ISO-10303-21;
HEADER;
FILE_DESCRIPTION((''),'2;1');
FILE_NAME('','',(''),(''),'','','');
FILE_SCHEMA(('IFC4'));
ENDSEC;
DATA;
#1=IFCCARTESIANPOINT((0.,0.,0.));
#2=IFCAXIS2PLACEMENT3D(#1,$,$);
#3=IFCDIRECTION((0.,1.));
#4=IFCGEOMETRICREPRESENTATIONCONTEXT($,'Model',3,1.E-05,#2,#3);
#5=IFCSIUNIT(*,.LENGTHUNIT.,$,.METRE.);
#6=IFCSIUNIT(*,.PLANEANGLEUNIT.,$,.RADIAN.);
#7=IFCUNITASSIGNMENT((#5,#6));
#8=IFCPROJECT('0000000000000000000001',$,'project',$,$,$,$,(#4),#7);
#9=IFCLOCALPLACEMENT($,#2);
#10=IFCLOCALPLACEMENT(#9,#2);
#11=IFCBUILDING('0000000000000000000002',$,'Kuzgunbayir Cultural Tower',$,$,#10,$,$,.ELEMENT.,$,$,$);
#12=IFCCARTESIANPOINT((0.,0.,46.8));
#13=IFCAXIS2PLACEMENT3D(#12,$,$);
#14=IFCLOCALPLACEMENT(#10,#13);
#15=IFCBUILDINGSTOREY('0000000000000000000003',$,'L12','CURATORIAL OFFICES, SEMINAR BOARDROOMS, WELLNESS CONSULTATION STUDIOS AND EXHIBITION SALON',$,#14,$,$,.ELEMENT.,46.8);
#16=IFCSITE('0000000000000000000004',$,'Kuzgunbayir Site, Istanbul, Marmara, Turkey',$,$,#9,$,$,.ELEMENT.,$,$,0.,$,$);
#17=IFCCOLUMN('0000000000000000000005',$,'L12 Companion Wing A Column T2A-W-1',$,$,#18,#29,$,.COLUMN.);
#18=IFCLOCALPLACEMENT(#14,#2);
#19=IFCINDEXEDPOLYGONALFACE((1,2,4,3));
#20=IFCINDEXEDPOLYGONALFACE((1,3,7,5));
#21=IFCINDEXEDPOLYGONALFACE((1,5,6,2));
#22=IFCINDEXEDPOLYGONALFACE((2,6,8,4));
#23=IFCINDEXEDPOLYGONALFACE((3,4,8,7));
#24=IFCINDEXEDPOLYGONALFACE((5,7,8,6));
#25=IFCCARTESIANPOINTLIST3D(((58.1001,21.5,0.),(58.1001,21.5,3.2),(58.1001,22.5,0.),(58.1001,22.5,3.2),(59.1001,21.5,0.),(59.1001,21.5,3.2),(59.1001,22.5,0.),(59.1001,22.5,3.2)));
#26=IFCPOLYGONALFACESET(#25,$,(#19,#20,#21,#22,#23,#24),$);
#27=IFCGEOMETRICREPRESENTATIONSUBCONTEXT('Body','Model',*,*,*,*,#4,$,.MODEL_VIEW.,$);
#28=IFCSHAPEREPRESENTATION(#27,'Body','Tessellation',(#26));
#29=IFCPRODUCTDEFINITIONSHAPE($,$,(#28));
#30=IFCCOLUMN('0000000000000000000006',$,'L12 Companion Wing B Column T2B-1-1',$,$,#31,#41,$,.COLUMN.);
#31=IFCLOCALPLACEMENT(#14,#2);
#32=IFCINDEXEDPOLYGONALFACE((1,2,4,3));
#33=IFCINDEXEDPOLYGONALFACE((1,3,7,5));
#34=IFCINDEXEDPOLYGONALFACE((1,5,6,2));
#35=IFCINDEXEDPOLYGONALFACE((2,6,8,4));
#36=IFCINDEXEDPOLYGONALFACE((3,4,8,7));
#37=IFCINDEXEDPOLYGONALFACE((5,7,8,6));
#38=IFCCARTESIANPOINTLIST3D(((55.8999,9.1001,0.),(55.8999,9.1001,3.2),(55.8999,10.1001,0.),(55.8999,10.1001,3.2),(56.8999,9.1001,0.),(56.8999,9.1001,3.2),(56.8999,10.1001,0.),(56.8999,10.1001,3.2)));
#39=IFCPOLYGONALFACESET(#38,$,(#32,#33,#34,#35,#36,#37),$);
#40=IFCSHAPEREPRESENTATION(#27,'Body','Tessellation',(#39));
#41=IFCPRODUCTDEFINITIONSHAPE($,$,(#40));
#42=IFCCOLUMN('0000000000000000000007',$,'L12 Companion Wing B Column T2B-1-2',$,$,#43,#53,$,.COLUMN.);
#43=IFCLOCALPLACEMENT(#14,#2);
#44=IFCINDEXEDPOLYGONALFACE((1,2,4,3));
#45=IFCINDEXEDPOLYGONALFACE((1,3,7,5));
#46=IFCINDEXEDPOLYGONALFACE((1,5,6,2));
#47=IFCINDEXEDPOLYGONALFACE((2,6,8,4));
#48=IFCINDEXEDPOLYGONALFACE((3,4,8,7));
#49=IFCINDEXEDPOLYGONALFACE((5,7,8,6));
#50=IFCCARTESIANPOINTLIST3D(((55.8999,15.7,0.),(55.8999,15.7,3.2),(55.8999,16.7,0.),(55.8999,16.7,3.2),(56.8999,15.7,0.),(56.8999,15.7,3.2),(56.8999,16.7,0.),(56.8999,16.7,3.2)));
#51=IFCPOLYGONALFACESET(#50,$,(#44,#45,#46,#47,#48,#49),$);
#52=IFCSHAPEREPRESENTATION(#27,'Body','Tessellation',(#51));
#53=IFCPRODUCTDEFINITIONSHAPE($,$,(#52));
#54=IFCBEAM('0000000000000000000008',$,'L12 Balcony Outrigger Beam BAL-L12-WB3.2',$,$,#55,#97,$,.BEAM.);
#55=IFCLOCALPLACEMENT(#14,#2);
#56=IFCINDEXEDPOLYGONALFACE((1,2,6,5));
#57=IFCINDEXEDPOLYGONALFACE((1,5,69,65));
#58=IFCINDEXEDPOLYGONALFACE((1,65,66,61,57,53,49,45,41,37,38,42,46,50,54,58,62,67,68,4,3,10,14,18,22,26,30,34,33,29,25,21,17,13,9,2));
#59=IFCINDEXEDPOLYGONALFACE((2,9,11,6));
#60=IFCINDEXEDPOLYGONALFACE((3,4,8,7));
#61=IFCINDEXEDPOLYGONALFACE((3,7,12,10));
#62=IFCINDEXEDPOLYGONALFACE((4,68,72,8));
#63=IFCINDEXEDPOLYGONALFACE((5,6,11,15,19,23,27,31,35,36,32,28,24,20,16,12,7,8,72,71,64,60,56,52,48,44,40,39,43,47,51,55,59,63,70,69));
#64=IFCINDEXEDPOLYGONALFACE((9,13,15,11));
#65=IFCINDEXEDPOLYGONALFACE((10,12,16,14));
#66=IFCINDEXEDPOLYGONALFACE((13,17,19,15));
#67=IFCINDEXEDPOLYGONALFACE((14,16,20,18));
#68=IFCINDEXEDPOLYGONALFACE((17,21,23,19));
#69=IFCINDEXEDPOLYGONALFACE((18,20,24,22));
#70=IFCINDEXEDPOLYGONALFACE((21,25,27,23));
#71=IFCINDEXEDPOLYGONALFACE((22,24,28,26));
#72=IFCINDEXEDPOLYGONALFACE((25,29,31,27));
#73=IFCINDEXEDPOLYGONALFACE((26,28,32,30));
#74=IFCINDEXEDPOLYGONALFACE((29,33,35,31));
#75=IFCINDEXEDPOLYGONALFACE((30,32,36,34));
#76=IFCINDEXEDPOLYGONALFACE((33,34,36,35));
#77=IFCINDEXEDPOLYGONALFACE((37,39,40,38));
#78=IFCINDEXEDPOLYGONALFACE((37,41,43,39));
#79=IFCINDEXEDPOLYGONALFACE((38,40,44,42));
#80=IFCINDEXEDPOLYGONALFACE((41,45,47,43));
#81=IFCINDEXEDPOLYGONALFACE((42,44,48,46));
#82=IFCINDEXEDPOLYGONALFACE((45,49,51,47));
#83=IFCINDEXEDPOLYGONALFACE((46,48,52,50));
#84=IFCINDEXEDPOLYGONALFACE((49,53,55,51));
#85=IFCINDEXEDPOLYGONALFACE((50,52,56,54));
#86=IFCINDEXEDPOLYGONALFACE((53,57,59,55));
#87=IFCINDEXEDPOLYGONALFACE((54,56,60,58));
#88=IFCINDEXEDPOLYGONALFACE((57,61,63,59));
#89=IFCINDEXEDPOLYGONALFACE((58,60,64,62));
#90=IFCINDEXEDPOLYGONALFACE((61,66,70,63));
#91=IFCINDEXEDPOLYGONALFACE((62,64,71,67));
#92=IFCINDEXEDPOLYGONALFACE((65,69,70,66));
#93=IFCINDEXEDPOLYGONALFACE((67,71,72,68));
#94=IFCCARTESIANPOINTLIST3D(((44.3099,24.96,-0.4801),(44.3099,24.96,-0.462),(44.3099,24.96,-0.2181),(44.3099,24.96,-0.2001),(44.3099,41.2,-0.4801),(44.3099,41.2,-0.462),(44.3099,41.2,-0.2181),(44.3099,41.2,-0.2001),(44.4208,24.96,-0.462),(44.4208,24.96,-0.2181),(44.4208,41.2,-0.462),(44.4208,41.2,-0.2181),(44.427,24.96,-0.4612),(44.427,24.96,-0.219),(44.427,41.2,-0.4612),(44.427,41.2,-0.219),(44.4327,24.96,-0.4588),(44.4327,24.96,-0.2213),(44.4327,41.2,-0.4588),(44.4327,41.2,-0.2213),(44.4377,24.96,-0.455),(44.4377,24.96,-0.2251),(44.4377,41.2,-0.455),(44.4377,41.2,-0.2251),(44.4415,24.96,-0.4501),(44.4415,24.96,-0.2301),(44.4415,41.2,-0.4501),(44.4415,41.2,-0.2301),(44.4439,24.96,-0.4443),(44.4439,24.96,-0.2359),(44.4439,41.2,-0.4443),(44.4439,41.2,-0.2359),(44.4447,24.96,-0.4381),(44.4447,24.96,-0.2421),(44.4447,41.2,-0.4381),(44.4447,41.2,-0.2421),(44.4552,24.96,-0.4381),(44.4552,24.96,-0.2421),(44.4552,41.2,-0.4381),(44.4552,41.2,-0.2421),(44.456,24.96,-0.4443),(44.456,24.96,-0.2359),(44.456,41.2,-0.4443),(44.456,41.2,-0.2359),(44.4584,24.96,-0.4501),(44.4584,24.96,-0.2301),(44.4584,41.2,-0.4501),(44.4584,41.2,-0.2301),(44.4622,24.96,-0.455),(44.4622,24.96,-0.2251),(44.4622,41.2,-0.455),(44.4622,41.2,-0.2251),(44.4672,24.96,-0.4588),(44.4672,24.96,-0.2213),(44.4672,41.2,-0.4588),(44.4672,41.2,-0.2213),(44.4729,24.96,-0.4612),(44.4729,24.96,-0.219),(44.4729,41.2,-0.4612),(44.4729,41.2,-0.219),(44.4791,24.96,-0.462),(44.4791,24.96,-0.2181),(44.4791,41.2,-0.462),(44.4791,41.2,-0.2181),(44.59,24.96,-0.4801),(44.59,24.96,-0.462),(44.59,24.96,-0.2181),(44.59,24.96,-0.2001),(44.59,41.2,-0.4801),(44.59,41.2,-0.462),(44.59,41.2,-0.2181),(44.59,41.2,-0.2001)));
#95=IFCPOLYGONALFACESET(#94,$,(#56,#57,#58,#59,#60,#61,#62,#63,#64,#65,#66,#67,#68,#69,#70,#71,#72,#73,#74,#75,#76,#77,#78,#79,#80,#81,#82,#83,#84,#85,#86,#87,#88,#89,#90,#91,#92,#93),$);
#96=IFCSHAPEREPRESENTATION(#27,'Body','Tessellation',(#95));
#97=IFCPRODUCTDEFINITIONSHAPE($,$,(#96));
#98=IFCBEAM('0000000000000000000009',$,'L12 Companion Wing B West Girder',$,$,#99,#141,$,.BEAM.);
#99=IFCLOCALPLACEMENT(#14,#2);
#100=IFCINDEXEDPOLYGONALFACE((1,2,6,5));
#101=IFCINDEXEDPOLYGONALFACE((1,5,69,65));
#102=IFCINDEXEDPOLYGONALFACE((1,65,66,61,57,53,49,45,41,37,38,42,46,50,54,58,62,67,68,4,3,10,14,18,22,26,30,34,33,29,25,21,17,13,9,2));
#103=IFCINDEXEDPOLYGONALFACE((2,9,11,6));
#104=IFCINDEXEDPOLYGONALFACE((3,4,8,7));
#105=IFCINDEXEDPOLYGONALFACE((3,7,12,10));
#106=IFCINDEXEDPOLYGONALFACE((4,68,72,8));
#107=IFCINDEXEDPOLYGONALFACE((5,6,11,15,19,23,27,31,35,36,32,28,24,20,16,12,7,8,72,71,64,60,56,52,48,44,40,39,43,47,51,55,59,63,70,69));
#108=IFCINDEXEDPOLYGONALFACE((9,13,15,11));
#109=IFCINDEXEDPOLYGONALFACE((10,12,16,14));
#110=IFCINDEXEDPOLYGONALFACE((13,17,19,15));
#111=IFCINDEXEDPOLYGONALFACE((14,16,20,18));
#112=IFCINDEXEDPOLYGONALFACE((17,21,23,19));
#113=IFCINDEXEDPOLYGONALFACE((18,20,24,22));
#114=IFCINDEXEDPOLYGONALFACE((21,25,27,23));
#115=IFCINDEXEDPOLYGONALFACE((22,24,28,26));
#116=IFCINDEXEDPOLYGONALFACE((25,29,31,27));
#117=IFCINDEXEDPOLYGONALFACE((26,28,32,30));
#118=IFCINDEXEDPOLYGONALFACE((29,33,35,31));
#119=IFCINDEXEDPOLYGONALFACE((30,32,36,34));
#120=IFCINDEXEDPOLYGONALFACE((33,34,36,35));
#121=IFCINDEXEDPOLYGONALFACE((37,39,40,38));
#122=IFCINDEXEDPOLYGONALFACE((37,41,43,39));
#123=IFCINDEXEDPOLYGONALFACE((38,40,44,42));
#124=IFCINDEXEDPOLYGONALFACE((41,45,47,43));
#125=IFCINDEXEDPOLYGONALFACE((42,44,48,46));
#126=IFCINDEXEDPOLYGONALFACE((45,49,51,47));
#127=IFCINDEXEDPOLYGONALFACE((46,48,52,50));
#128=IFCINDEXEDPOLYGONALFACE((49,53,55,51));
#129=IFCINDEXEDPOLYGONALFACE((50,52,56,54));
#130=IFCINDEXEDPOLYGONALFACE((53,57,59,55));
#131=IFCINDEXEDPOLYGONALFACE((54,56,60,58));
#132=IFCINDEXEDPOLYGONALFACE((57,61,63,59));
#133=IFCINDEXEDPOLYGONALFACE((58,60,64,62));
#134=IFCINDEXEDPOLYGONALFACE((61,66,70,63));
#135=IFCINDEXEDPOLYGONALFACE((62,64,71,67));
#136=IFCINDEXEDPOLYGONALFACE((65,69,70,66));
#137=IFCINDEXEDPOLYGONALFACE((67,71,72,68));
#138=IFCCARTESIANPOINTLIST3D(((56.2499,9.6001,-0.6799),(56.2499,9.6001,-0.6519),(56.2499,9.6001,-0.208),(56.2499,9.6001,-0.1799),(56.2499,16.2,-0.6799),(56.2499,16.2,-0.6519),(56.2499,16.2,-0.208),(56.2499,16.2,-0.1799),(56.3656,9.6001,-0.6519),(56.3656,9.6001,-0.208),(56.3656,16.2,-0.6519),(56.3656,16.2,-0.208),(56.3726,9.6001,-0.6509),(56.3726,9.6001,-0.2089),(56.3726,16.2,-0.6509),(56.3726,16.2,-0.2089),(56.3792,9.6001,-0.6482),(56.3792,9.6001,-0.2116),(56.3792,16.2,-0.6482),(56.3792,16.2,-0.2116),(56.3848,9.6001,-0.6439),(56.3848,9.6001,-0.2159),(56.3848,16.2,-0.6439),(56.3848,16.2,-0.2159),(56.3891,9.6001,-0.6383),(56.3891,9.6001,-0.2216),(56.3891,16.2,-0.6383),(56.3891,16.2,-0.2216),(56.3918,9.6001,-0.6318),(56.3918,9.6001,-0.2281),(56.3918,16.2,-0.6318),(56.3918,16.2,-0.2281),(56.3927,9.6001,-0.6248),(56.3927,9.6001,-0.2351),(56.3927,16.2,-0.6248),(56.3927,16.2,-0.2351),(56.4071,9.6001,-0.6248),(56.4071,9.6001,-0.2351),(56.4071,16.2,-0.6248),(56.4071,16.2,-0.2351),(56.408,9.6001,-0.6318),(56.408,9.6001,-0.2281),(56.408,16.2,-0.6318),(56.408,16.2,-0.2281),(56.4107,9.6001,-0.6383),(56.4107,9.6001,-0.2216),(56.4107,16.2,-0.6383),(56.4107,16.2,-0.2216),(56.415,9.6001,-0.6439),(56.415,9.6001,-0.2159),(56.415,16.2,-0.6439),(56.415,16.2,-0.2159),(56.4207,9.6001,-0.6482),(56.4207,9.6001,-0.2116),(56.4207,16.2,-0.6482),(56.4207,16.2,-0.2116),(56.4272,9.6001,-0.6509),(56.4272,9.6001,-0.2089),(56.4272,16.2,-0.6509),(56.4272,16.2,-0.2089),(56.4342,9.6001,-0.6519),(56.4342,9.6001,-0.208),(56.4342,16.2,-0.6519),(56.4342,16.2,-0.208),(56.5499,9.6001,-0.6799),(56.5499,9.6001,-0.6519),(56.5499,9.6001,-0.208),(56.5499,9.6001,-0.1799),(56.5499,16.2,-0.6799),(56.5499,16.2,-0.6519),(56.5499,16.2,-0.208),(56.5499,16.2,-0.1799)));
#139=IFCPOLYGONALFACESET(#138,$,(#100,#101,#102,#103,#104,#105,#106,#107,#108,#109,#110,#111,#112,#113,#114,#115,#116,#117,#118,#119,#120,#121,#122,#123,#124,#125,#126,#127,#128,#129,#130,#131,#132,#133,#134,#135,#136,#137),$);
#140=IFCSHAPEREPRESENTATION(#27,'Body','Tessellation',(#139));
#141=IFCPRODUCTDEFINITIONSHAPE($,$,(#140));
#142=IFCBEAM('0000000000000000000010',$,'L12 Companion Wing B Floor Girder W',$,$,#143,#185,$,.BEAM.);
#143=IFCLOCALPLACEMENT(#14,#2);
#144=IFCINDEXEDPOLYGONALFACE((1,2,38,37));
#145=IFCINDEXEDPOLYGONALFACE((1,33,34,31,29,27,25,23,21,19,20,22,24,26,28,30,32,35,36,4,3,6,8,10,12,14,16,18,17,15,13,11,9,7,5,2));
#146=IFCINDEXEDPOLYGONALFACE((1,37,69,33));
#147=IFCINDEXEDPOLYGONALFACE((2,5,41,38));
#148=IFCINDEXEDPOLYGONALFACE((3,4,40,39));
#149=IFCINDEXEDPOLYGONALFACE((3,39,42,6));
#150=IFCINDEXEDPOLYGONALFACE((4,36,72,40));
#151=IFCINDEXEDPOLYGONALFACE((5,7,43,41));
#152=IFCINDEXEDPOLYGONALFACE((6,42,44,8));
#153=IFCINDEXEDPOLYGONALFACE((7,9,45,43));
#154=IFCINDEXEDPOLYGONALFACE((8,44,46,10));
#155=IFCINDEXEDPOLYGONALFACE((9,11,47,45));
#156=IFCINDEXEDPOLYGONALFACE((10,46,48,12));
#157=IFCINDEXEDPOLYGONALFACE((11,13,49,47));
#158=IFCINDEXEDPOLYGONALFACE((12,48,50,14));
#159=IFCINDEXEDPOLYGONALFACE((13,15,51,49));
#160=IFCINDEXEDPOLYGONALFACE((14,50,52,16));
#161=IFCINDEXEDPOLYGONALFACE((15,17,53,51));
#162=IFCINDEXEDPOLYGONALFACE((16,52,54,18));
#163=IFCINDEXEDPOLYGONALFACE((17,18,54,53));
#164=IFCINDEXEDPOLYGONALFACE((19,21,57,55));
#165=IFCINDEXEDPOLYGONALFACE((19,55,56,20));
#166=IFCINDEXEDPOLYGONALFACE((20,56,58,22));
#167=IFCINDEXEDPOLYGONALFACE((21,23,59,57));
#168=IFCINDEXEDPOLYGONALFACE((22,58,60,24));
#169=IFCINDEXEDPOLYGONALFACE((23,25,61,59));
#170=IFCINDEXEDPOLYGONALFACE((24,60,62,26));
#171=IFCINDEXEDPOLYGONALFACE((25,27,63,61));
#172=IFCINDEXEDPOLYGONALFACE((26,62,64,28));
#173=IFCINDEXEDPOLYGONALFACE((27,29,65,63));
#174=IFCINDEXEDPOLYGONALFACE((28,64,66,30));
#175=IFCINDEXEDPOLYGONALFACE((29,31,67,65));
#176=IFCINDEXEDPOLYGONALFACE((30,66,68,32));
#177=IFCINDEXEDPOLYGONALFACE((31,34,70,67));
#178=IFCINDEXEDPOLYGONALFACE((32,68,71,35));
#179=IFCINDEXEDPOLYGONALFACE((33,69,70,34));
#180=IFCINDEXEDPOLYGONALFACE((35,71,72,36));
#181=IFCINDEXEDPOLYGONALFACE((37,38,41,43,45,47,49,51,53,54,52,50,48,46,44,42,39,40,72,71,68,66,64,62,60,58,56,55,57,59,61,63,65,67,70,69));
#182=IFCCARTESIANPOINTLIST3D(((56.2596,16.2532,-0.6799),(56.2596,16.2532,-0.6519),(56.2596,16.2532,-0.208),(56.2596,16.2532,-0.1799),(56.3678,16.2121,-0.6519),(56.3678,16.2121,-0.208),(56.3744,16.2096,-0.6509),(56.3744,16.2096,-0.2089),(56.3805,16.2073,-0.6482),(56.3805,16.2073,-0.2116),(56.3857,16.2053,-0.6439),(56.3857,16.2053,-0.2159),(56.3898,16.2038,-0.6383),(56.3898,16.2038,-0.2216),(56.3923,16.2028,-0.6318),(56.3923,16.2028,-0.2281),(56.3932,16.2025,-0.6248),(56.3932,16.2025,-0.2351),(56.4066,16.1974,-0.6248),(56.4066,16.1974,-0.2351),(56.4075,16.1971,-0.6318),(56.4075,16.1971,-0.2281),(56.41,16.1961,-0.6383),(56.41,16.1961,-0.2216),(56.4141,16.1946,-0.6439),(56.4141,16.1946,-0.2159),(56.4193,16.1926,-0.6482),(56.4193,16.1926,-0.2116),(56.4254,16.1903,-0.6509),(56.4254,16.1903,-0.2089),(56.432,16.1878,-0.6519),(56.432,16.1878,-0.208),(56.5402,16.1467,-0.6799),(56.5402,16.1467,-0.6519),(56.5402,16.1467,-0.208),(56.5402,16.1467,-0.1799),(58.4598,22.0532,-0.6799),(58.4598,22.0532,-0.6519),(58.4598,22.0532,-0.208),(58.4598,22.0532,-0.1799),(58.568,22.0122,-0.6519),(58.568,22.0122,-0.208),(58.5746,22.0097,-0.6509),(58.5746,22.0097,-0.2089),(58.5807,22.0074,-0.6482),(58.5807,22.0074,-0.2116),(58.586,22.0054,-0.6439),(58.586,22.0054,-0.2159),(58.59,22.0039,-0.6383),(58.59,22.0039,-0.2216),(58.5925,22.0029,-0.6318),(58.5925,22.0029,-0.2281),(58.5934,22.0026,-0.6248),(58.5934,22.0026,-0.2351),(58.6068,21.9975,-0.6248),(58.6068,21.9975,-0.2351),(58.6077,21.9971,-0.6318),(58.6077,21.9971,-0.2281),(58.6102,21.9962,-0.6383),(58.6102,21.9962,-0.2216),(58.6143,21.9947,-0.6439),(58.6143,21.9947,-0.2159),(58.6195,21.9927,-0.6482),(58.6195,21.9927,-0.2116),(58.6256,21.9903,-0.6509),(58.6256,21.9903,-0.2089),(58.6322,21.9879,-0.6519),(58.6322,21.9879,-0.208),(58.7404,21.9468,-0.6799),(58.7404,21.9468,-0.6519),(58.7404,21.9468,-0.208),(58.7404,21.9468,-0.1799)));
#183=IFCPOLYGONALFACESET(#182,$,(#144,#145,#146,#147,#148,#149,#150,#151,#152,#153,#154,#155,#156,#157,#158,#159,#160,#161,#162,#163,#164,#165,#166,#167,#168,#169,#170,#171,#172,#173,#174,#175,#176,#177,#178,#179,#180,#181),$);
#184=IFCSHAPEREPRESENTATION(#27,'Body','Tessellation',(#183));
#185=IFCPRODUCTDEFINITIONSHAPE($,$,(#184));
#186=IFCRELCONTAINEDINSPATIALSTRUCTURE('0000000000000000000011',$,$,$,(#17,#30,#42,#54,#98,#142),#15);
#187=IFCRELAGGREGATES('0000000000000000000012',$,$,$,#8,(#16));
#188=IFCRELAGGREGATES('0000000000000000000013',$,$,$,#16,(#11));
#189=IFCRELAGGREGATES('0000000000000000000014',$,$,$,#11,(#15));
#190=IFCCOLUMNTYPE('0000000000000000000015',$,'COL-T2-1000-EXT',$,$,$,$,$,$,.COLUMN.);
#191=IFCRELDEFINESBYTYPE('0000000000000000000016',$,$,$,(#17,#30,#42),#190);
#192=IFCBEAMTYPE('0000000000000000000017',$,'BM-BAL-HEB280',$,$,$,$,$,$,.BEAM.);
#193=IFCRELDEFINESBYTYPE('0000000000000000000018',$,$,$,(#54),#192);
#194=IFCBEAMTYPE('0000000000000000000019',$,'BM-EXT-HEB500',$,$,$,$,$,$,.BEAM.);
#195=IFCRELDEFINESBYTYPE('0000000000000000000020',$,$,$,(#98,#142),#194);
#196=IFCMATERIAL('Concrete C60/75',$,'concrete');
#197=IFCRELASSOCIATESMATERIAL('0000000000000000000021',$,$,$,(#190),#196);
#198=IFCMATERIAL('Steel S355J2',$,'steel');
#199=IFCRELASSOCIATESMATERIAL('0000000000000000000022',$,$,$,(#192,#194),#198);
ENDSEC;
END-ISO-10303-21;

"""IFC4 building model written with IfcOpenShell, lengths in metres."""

from ifc_helpers import new_model, si_unit, direction, frame, origin, origin_2d, place, context, subcontext, project, spatial, rectangle, i_section, extrude, material, material_profile, profile_set, type_object, element, save


model = new_model("IFC4")

# Units and contexts
model_context = context("Model", 3, precision=1e-05, world=origin(), true_north=direction((0.0, 1.0)))
body_context = subcontext(model_context, "Body", "Model", "MODEL_VIEW")
ifc_project = project(units=[si_unit("LENGTHUNIT", "METRE"), si_unit("PLANEANGLEUNIT", "RADIAN")], contexts=[model_context])

# Site, building, storey
site_placement = place(None, origin())
site = spatial("IfcSite", under=ifc_project, at=site_placement, Name="Kuzgunbayir Site, Istanbul, Marmara, Turkey", CompositionType="ELEMENT", RefElevation=0.0)
building_placement = place(site_placement, origin())
building = spatial("IfcBuilding", under=site, at=building_placement, Name="Kuzgunbayir Cultural Tower", CompositionType="ELEMENT")
storey_placement = place(building_placement, frame((0.0, 0.0, 46.8)))
storey = spatial("IfcBuildingStorey", under=building, at=storey_placement, Name="L12", Description="CURATORIAL OFFICES, SEMINAR BOARDROOMS, WELLNESS CONSULTATION STUDIOS AND EXHIBITION SALON", CompositionType="ELEMENT", Elevation=46.8)

# Columns
ifc_material_1 = material(Name="Concrete C60/75", Category="concrete")
ifc_material_profile_1 = material_profile(ifc_material_1, rectangle(XDim=1.0, YDim=1.0, at=origin_2d()), Name="RC 1000x1000")
ifc_profile_set_1 = profile_set([ifc_material_profile_1], Name="Concrete C60/75")
column_type = type_object("IfcColumnType", Name="COL-T2-1000-EXT", PredefinedType="COLUMN", material=ifc_profile_set_1)
for number, where, z_axis, x_axis, name in (
    (1, (58.6001, 22.0, 0.0), (0.0, 0.0, 1.0), (1.0, 0.0, 0.0), "L12 Companion Wing A Column T2A-W-1"),
    (2, (56.3999, 9.6001, 0.0), (0.0, 0.0, 1.0), (1.0, 0.0, 0.0), "L12 Companion Wing B Column T2B-1-1"),
    (3, (56.3999, 16.2, 0.0), (0.0, 0.0, 1.0), (1.0, 0.0, 0.0), "L12 Companion Wing B Column T2B-1-2"),
):
    element("IfcColumn", number, at=place(storey_placement, frame(where, z_axis=z_axis, x_axis=x_axis)), inside=storey, type_object=column_type, Name=name, PredefinedType="COLUMN", context=body_context, shape_type="SweptSolid", body=[
        extrude(rectangle(XDim=1.0, YDim=1.0, at=origin_2d()), origin(), (0.0, 0.0, 1.0), 3.2),
    ])

# Beams
ifc_material_2 = material(Name="Steel S355J2", Category="steel")
ifc_material_profile_2 = material_profile(ifc_material_2, i_section(OverallWidth=0.28, OverallDepth=0.28, WebThickness=0.0105, FlangeThickness=0.0181, FilletRadius=0.0239, at=origin_2d()), Name="HEB 280")
ifc_profile_set_2 = profile_set([ifc_material_profile_2], Name="Steel S355J2")
beam_type_1 = type_object("IfcBeamType", Name="BM-BAL-HEB280", PredefinedType="BEAM", material=ifc_profile_set_2)
beam_1_placement = place(storey_placement, frame((44.45, 24.96, -0.3401), z_axis=(0.0, 1.0, 0.0), x_axis=(-1.0, 0.0, 0.0)))
element("IfcBeam", 4, at=beam_1_placement, inside=storey, type_object=beam_type_1, Name="L12 Balcony Outrigger Beam BAL-L12-WB3.2", PredefinedType="BEAM", context=body_context, shape_type="SweptSolid", body=[
    extrude(i_section(OverallWidth=0.28, OverallDepth=0.28, WebThickness=0.0105, FlangeThickness=0.0181, FilletRadius=0.0239, at=origin_2d()), origin(), (0.0, 0.0, 1.0), 16.24),
])
ifc_material_profile_3 = material_profile(ifc_material_2, i_section(OverallWidth=0.3, OverallDepth=0.5, WebThickness=0.0144, FlangeThickness=0.0281, FilletRadius=0.0271, at=origin_2d()), Name="HEB 500")
ifc_profile_set_3 = profile_set([ifc_material_profile_3], Name="Steel S355J2")
beam_type_2 = type_object("IfcBeamType", Name="BM-EXT-HEB500", PredefinedType="BEAM", material=ifc_profile_set_3)
beam_2_placement = place(storey_placement, frame((56.3999, 9.6001, -0.4299), z_axis=(0.0, 1.0, 0.0), x_axis=(-1.0, 0.0, 0.0)))
element("IfcBeam", 5, at=beam_2_placement, inside=storey, type_object=beam_type_2, Name="L12 Companion Wing B West Girder", PredefinedType="BEAM", context=body_context, shape_type="SweptSolid", body=[
    extrude(i_section(OverallWidth=0.3, OverallDepth=0.5, WebThickness=0.0144, FlangeThickness=0.0281, FilletRadius=0.0271, at=origin_2d()), origin(), (0.0, 0.0, 1.0), 6.5999),
])
beam_3_placement = place(storey_placement, frame((56.3999, 16.2, -0.4299), z_axis=(0.354679, 0.934988, 0.0), x_axis=(-0.934988, 0.354679, 0.0)))
element("IfcBeam", 6, at=beam_3_placement, inside=storey, type_object=beam_type_2, Name="L12 Companion Wing B Floor Girder W", PredefinedType="BEAM", context=body_context, shape_type="SweptSolid", body=[
    extrude(i_section(OverallWidth=0.3, OverallDepth=0.5, WebThickness=0.0144, FlangeThickness=0.0281, FilletRadius=0.0271, at=origin_2d()), origin(), (0.0, 0.0, 1.0), 6.2034),
])

save(model, "model.ifc")
